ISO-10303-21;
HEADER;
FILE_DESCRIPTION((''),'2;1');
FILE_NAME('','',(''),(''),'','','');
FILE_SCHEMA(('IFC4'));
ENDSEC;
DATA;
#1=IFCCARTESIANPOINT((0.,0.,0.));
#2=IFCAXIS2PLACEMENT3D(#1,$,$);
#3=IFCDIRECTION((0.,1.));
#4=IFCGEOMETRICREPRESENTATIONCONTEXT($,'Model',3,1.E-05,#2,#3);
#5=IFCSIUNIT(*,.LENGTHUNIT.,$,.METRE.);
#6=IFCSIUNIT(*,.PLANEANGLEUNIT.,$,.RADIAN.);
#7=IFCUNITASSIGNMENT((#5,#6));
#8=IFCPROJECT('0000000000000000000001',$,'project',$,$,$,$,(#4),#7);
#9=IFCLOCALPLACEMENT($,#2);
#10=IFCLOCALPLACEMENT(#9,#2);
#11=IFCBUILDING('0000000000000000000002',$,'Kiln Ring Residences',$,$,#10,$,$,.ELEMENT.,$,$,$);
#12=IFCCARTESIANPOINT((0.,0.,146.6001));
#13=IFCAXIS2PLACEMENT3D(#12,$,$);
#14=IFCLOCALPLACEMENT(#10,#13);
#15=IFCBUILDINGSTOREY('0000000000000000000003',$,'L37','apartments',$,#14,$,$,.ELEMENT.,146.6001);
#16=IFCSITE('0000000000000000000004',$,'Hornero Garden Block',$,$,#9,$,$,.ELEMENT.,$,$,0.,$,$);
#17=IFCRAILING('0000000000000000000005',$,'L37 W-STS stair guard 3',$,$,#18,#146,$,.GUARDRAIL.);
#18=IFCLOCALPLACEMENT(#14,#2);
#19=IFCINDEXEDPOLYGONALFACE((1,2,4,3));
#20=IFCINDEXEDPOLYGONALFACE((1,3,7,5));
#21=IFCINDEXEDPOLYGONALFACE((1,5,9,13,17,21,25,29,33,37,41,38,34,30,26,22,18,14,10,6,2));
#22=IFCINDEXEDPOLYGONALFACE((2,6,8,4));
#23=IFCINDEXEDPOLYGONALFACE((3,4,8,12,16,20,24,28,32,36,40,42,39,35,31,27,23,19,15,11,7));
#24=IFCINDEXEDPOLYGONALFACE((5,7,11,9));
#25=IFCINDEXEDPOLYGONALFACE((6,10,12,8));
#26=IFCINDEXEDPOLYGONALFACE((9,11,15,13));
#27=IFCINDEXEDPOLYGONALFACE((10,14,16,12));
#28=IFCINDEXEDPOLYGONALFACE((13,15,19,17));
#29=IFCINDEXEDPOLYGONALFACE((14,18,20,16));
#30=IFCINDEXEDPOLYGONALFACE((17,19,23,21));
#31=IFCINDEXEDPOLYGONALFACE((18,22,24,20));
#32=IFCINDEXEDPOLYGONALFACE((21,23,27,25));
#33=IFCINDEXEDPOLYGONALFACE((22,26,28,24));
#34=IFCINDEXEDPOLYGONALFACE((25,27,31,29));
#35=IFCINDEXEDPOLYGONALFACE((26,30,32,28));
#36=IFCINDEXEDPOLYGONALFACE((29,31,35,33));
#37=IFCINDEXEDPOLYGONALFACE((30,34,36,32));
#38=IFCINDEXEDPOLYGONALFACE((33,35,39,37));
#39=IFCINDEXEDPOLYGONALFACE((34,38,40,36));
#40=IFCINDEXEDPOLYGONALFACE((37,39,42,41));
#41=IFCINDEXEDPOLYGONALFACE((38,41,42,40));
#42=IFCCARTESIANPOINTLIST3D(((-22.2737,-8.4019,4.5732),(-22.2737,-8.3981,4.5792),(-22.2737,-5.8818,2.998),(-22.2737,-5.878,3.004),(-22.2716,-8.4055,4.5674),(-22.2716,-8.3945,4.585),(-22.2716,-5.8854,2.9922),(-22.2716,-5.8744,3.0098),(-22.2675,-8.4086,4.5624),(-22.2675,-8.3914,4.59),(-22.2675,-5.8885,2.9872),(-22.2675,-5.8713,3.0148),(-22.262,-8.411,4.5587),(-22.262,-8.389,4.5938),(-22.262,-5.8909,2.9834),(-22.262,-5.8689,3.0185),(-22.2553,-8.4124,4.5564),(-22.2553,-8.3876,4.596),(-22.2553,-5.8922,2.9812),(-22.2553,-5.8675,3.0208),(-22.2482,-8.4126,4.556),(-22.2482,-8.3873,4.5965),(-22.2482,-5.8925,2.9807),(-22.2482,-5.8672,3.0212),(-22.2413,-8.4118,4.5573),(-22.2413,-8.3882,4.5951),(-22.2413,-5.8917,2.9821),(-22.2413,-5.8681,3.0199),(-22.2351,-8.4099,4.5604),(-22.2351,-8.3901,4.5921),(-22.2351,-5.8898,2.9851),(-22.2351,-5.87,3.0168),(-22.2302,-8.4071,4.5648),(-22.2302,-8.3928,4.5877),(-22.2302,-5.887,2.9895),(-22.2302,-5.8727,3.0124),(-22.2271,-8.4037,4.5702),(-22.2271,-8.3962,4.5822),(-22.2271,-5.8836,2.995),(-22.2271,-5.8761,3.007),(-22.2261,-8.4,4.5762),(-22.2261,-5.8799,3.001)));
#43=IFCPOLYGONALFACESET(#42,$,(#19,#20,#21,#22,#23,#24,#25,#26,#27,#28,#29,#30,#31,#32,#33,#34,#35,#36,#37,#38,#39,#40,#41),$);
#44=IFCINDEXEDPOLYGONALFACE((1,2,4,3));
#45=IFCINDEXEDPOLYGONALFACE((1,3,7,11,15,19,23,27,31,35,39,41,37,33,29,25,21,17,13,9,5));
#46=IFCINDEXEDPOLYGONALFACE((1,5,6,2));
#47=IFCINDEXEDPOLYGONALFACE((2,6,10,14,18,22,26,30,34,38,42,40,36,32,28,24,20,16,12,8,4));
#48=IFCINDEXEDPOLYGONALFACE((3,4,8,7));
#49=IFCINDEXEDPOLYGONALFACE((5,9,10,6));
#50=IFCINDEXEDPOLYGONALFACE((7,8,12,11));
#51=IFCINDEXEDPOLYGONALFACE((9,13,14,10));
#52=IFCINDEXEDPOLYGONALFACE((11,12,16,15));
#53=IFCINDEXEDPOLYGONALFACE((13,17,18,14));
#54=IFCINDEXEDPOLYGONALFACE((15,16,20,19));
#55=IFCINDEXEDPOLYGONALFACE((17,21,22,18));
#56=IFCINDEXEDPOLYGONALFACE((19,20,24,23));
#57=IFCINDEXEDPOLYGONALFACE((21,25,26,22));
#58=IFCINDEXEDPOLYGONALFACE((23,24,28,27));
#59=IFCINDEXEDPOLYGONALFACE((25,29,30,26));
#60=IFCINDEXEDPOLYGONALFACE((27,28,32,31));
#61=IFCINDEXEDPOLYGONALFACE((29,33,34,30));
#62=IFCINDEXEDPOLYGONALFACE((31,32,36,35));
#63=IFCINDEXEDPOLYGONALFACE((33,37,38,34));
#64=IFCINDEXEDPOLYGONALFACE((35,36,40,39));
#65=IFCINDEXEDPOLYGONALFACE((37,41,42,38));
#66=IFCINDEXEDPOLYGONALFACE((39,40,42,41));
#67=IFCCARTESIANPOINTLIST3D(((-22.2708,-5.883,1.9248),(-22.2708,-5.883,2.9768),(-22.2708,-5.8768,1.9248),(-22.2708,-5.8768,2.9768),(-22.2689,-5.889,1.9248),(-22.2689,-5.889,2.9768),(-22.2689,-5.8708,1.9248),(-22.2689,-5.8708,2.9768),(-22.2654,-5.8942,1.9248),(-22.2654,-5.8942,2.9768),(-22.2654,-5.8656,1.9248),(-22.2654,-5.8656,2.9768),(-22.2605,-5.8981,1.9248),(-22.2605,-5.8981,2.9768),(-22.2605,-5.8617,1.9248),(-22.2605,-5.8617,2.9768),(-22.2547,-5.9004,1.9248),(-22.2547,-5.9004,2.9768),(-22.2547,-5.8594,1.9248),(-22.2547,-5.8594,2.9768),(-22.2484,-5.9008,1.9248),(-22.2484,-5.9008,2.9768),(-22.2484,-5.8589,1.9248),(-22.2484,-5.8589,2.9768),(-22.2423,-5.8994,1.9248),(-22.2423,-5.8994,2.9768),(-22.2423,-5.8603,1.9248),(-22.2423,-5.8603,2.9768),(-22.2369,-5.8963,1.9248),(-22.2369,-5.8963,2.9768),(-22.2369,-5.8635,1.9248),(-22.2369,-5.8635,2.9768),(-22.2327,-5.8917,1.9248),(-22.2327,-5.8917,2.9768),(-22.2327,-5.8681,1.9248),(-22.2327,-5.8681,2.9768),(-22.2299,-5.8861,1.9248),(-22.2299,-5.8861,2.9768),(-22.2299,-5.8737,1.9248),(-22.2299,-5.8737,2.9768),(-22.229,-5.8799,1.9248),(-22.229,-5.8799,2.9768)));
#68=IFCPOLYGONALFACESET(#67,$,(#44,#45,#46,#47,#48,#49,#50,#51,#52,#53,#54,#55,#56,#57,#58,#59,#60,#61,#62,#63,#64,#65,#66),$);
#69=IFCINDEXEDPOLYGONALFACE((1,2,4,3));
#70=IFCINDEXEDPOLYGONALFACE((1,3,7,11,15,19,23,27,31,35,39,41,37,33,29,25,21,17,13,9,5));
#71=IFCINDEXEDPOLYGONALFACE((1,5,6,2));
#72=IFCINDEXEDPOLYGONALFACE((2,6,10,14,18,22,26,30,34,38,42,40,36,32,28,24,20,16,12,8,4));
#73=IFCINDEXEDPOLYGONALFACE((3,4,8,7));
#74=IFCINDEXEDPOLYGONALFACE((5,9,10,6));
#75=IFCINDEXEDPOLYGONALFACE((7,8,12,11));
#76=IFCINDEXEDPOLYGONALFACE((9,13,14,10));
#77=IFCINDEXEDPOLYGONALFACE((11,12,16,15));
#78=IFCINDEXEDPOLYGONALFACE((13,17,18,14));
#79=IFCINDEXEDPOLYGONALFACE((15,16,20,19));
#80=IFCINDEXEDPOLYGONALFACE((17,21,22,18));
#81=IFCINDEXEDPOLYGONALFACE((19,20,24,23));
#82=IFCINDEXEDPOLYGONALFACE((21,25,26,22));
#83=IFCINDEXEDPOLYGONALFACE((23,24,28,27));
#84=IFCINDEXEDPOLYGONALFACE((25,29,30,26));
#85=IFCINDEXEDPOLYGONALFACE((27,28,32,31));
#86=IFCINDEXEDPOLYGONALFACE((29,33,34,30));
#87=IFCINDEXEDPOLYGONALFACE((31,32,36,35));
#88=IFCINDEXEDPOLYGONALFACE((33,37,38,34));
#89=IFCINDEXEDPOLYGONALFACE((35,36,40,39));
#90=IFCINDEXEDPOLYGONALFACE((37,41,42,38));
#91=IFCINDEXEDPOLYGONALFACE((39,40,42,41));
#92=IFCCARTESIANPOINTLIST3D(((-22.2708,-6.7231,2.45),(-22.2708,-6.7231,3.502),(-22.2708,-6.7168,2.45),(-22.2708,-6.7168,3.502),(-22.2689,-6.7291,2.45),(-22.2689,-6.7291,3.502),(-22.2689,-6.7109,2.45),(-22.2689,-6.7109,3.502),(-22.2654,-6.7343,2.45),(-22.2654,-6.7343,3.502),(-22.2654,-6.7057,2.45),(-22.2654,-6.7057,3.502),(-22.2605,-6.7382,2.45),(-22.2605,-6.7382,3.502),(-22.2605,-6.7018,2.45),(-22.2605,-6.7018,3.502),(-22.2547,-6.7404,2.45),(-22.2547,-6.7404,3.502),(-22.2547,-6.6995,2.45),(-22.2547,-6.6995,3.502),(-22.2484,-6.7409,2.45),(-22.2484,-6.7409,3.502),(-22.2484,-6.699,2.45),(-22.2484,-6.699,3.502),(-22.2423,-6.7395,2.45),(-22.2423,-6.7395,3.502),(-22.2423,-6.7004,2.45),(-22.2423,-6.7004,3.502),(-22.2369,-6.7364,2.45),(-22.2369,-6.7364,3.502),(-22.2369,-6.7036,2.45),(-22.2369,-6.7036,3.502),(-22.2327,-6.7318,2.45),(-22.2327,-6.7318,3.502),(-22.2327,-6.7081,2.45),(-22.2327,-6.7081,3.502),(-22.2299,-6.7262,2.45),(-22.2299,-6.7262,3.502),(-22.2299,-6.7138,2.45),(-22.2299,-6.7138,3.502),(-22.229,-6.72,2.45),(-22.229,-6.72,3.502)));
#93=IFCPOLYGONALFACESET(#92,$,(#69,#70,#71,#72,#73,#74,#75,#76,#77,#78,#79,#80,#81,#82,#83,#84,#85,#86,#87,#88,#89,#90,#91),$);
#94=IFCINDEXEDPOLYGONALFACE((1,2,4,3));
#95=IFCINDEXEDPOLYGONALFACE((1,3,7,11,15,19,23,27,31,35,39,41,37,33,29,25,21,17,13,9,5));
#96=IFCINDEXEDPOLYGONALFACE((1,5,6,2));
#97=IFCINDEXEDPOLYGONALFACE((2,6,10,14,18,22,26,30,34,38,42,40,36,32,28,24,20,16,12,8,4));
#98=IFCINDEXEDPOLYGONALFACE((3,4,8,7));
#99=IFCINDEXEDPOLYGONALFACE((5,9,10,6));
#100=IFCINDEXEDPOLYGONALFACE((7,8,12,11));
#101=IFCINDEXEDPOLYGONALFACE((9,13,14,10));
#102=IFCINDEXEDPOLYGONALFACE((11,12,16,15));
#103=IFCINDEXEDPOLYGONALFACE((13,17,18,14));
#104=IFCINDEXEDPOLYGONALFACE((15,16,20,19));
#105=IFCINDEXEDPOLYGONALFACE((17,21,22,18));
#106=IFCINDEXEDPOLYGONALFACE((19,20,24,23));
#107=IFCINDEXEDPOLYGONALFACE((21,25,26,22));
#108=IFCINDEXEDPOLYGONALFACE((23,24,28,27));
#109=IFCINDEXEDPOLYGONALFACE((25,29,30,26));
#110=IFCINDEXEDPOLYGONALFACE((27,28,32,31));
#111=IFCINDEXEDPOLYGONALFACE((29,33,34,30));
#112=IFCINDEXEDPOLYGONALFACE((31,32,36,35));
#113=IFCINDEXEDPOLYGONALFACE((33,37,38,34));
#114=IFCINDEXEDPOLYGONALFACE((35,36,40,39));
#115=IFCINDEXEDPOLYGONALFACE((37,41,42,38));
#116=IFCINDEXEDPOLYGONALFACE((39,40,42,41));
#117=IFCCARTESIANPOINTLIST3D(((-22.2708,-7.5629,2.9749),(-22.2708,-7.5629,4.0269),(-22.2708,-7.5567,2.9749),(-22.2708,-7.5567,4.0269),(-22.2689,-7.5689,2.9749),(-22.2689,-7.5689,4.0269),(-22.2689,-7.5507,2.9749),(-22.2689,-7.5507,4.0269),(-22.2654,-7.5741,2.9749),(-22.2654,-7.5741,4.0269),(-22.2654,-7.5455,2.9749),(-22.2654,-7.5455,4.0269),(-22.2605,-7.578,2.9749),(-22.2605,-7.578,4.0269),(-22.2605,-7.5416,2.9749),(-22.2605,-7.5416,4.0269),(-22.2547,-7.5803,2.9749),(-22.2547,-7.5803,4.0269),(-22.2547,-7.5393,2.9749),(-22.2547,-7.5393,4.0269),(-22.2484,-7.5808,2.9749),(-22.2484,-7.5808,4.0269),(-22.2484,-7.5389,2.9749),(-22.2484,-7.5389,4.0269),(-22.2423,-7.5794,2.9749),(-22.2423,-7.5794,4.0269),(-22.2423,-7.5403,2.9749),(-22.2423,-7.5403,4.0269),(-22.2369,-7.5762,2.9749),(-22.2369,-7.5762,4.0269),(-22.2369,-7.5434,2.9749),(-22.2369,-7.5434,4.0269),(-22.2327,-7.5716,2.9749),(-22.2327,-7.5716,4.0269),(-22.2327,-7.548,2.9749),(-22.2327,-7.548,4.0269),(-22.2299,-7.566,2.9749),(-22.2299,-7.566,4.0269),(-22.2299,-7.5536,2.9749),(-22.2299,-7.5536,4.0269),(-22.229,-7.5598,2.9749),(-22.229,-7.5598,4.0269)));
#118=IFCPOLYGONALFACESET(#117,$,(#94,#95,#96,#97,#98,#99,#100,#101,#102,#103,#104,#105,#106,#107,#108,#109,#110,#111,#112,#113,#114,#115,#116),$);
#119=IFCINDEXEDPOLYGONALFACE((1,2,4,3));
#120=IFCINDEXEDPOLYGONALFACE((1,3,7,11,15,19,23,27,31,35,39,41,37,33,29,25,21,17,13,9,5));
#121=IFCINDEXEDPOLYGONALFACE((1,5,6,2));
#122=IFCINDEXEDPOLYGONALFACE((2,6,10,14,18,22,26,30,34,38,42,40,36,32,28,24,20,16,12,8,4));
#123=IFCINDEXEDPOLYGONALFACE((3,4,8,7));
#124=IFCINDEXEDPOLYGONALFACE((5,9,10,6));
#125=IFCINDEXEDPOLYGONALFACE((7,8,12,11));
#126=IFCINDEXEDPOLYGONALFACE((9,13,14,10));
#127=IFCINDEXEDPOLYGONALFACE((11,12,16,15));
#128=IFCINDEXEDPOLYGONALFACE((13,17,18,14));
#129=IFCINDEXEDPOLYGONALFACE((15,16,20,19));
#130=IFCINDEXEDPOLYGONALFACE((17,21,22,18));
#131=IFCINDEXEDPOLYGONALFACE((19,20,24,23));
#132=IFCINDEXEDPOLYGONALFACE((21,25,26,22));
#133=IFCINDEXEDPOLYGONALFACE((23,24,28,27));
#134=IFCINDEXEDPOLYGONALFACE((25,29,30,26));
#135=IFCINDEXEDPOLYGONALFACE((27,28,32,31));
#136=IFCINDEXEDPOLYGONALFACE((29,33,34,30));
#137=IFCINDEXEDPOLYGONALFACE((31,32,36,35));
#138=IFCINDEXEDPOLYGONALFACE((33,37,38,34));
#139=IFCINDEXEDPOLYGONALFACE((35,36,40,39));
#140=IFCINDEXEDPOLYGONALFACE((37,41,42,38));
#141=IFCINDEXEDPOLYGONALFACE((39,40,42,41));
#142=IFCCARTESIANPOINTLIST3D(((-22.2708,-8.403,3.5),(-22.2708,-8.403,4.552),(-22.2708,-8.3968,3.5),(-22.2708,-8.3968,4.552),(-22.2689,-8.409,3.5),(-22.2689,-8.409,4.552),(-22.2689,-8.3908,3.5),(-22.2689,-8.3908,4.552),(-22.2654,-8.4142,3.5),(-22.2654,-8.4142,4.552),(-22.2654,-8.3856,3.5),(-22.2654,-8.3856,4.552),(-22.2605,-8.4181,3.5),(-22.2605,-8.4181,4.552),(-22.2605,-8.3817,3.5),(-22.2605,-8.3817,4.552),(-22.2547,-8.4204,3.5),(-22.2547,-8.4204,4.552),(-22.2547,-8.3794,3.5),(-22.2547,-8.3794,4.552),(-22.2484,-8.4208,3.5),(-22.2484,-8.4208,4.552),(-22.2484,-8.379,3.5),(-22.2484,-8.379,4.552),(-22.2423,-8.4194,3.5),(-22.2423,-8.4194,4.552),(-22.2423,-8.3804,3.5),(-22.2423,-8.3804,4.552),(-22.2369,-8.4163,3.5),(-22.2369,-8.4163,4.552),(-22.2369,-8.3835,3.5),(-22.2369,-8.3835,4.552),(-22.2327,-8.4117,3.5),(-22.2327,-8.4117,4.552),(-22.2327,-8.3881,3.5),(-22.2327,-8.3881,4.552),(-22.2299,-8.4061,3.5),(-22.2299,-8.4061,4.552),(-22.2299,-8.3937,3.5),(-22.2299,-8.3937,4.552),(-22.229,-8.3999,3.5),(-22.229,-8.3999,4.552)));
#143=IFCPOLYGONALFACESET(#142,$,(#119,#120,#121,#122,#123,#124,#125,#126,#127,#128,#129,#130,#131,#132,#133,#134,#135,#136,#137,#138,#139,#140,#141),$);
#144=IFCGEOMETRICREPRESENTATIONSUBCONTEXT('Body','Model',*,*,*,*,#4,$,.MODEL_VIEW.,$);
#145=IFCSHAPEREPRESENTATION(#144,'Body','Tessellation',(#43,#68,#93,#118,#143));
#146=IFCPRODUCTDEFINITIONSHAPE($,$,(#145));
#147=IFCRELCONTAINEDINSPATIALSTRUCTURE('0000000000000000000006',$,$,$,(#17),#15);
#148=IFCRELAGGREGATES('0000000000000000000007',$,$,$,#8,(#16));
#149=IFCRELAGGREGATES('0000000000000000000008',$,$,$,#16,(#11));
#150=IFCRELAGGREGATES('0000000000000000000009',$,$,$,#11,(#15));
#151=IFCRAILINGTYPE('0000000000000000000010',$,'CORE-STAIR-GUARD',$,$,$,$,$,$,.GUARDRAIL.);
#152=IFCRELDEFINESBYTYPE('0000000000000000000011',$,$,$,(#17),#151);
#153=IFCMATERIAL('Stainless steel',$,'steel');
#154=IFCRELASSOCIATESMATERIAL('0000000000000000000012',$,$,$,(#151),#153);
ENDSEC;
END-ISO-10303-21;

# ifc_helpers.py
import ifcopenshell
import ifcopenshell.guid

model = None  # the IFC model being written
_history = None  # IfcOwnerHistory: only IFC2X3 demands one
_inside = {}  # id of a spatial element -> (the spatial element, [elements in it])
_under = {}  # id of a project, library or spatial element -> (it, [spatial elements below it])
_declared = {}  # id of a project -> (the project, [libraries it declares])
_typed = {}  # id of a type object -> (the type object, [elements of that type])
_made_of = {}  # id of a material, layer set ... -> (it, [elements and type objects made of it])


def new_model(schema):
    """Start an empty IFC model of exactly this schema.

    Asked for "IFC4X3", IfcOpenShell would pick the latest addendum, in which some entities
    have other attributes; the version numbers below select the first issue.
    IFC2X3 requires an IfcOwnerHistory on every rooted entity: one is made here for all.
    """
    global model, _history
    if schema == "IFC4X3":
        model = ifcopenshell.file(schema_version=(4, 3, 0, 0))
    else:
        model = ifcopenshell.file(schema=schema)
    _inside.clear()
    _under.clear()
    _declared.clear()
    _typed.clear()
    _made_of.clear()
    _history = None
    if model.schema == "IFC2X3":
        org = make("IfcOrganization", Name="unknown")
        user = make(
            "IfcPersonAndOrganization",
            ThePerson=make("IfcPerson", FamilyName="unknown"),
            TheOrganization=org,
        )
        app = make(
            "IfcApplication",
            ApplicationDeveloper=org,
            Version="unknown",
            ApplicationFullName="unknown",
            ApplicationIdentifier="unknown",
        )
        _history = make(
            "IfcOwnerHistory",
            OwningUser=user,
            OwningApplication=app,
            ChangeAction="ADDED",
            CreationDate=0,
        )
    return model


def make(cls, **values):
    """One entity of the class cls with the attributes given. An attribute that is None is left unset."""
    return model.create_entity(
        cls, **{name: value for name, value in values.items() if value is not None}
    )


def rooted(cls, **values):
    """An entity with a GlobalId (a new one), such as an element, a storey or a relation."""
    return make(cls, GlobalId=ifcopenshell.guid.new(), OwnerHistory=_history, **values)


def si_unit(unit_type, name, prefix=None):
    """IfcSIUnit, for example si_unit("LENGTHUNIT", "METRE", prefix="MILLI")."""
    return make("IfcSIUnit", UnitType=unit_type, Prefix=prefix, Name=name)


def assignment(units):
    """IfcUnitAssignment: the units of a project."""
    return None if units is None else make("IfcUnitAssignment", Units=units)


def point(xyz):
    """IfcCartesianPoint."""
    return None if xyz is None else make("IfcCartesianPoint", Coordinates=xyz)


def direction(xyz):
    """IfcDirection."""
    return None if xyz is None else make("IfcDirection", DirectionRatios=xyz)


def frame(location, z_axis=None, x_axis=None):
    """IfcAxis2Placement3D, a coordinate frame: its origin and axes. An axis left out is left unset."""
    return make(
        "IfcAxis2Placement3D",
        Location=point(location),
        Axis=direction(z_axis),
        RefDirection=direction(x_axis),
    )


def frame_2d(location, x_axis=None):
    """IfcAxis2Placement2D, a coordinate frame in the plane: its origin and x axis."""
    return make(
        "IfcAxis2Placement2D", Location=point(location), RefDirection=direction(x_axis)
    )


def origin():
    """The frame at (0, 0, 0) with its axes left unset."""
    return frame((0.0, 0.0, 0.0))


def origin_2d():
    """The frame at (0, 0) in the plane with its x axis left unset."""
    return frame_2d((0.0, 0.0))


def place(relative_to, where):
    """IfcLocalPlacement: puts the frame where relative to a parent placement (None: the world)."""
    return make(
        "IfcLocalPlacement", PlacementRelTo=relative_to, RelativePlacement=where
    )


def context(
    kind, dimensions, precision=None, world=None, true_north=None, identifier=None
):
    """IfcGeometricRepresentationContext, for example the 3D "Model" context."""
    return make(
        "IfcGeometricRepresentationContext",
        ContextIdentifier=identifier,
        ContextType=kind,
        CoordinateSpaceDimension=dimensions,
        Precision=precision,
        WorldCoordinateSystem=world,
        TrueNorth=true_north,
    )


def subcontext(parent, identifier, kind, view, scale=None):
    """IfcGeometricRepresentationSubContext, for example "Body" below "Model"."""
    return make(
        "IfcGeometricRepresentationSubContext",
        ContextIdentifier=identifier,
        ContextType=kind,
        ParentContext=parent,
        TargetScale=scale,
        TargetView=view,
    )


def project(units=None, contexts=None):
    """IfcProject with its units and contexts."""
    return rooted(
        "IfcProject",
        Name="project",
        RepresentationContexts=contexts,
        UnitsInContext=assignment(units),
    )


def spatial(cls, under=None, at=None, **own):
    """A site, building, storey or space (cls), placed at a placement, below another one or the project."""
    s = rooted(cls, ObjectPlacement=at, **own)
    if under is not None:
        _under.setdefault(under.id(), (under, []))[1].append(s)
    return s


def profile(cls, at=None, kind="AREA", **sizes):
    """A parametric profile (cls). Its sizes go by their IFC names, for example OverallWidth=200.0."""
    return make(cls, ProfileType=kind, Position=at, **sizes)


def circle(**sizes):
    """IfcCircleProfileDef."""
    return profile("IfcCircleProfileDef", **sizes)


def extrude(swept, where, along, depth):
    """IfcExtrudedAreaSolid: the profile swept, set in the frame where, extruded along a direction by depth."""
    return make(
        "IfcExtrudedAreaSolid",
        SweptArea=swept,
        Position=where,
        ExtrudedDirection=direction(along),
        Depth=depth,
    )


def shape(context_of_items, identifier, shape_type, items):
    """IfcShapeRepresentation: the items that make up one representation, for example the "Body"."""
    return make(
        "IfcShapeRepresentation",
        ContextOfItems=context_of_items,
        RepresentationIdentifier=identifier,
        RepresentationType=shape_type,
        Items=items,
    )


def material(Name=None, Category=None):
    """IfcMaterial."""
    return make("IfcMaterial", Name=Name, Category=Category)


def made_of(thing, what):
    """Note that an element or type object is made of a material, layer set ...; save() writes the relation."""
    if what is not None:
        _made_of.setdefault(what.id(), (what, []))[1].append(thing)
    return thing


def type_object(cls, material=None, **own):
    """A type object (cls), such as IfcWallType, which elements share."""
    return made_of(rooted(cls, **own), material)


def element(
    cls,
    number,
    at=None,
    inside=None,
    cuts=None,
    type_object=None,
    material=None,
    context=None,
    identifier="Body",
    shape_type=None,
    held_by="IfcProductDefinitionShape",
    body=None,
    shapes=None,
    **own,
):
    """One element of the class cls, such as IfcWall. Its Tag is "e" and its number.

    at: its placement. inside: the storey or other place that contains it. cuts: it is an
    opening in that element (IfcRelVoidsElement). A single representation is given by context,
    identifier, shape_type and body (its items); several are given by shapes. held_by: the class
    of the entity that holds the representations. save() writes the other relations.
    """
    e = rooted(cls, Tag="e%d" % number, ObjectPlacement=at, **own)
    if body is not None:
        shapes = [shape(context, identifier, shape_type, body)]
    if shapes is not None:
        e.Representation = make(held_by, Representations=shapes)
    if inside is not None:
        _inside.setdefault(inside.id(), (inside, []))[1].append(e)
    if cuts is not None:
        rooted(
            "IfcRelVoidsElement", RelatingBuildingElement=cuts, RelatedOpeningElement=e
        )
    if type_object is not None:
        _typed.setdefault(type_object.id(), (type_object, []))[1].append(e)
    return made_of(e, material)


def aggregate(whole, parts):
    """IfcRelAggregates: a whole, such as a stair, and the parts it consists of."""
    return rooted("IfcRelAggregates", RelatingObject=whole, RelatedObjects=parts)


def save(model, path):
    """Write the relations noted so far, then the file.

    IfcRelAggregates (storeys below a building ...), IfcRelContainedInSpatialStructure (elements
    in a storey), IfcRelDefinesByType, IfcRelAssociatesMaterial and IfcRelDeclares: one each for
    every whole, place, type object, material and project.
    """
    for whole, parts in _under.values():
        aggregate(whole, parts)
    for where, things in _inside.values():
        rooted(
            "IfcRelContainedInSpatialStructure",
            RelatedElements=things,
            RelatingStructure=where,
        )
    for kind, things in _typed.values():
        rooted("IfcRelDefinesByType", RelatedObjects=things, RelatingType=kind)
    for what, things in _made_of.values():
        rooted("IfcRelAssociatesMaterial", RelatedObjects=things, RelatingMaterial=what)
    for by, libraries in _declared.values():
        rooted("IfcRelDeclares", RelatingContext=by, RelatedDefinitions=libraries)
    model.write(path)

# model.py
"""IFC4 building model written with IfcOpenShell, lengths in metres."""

from ifc_helpers import new_model, si_unit, direction, frame, origin, origin_2d, place, context, subcontext, project, spatial, circle, extrude, material, type_object, element, save


model = new_model("IFC4")

# Units and contexts
model_context = context("Model", 3, precision=1e-05, world=origin(), true_north=direction((0.0, 1.0)))
body_context = subcontext(model_context, "Body", "Model", "MODEL_VIEW")
ifc_project = project(units=[si_unit("LENGTHUNIT", "METRE"), si_unit("PLANEANGLEUNIT", "RADIAN")], contexts=[model_context])

# Site, building, storey
site_placement = place(None, origin())
site = spatial("IfcSite", under=ifc_project, at=site_placement, Name="Hornero Garden Block", CompositionType="ELEMENT", RefElevation=0.0)
building_placement = place(site_placement, origin())
building = spatial("IfcBuilding", under=site, at=building_placement, Name="Kiln Ring Residences", CompositionType="ELEMENT")
storey_placement = place(building_placement, frame((0.0, 0.0, 146.6001)))
storey = spatial("IfcBuildingStorey", under=building, at=storey_placement, Name="L37", Description="apartments", CompositionType="ELEMENT", Elevation=146.6001)

# Railing
ifc_material_1 = material(Name="Stainless steel", Category="steel")
railing_type_1 = type_object("IfcRailingType", Name="CORE-STAIR-GUARD", PredefinedType="GUARDRAIL", material=ifc_material_1)
railing_1_placement = place(storey_placement, frame((-22.25, -5.8799, 1.9248)))
element("IfcRailing", 1, at=railing_1_placement, inside=storey, type_object=railing_type_1, Name="L37 W-STS stair guard 3", PredefinedType="GUARDRAIL", context=body_context, shape_type="SweptSolid", body=[
    extrude(circle(Radius=0.0239, at=origin_2d()), frame((0.0, 0.0, 1.0762), z_axis=(0.0, -0.847971, 0.530043), x_axis=(1.0, 0.0, 0.0)), (0.0, 0.0, 1.0), 2.9719),
    extrude(circle(Radius=0.021, at=origin_2d()), origin(), (0.0, 0.0, 1.0), 1.052),
    extrude(circle(Radius=0.021, at=origin_2d()), frame((0.0, -0.8401, 0.5251)), (0.0, 0.0, 1.0), 1.052),
    extrude(circle(Radius=0.021, at=origin_2d()), frame((0.0, -1.6799, 1.05)), (0.0, 0.0, 1.0), 1.052),
    extrude(circle(Radius=0.021, at=origin_2d()), frame((0.0, -2.52, 1.5752)), (0.0, 0.0, 1.0), 1.052),
])

save(model, "model.ifc")
